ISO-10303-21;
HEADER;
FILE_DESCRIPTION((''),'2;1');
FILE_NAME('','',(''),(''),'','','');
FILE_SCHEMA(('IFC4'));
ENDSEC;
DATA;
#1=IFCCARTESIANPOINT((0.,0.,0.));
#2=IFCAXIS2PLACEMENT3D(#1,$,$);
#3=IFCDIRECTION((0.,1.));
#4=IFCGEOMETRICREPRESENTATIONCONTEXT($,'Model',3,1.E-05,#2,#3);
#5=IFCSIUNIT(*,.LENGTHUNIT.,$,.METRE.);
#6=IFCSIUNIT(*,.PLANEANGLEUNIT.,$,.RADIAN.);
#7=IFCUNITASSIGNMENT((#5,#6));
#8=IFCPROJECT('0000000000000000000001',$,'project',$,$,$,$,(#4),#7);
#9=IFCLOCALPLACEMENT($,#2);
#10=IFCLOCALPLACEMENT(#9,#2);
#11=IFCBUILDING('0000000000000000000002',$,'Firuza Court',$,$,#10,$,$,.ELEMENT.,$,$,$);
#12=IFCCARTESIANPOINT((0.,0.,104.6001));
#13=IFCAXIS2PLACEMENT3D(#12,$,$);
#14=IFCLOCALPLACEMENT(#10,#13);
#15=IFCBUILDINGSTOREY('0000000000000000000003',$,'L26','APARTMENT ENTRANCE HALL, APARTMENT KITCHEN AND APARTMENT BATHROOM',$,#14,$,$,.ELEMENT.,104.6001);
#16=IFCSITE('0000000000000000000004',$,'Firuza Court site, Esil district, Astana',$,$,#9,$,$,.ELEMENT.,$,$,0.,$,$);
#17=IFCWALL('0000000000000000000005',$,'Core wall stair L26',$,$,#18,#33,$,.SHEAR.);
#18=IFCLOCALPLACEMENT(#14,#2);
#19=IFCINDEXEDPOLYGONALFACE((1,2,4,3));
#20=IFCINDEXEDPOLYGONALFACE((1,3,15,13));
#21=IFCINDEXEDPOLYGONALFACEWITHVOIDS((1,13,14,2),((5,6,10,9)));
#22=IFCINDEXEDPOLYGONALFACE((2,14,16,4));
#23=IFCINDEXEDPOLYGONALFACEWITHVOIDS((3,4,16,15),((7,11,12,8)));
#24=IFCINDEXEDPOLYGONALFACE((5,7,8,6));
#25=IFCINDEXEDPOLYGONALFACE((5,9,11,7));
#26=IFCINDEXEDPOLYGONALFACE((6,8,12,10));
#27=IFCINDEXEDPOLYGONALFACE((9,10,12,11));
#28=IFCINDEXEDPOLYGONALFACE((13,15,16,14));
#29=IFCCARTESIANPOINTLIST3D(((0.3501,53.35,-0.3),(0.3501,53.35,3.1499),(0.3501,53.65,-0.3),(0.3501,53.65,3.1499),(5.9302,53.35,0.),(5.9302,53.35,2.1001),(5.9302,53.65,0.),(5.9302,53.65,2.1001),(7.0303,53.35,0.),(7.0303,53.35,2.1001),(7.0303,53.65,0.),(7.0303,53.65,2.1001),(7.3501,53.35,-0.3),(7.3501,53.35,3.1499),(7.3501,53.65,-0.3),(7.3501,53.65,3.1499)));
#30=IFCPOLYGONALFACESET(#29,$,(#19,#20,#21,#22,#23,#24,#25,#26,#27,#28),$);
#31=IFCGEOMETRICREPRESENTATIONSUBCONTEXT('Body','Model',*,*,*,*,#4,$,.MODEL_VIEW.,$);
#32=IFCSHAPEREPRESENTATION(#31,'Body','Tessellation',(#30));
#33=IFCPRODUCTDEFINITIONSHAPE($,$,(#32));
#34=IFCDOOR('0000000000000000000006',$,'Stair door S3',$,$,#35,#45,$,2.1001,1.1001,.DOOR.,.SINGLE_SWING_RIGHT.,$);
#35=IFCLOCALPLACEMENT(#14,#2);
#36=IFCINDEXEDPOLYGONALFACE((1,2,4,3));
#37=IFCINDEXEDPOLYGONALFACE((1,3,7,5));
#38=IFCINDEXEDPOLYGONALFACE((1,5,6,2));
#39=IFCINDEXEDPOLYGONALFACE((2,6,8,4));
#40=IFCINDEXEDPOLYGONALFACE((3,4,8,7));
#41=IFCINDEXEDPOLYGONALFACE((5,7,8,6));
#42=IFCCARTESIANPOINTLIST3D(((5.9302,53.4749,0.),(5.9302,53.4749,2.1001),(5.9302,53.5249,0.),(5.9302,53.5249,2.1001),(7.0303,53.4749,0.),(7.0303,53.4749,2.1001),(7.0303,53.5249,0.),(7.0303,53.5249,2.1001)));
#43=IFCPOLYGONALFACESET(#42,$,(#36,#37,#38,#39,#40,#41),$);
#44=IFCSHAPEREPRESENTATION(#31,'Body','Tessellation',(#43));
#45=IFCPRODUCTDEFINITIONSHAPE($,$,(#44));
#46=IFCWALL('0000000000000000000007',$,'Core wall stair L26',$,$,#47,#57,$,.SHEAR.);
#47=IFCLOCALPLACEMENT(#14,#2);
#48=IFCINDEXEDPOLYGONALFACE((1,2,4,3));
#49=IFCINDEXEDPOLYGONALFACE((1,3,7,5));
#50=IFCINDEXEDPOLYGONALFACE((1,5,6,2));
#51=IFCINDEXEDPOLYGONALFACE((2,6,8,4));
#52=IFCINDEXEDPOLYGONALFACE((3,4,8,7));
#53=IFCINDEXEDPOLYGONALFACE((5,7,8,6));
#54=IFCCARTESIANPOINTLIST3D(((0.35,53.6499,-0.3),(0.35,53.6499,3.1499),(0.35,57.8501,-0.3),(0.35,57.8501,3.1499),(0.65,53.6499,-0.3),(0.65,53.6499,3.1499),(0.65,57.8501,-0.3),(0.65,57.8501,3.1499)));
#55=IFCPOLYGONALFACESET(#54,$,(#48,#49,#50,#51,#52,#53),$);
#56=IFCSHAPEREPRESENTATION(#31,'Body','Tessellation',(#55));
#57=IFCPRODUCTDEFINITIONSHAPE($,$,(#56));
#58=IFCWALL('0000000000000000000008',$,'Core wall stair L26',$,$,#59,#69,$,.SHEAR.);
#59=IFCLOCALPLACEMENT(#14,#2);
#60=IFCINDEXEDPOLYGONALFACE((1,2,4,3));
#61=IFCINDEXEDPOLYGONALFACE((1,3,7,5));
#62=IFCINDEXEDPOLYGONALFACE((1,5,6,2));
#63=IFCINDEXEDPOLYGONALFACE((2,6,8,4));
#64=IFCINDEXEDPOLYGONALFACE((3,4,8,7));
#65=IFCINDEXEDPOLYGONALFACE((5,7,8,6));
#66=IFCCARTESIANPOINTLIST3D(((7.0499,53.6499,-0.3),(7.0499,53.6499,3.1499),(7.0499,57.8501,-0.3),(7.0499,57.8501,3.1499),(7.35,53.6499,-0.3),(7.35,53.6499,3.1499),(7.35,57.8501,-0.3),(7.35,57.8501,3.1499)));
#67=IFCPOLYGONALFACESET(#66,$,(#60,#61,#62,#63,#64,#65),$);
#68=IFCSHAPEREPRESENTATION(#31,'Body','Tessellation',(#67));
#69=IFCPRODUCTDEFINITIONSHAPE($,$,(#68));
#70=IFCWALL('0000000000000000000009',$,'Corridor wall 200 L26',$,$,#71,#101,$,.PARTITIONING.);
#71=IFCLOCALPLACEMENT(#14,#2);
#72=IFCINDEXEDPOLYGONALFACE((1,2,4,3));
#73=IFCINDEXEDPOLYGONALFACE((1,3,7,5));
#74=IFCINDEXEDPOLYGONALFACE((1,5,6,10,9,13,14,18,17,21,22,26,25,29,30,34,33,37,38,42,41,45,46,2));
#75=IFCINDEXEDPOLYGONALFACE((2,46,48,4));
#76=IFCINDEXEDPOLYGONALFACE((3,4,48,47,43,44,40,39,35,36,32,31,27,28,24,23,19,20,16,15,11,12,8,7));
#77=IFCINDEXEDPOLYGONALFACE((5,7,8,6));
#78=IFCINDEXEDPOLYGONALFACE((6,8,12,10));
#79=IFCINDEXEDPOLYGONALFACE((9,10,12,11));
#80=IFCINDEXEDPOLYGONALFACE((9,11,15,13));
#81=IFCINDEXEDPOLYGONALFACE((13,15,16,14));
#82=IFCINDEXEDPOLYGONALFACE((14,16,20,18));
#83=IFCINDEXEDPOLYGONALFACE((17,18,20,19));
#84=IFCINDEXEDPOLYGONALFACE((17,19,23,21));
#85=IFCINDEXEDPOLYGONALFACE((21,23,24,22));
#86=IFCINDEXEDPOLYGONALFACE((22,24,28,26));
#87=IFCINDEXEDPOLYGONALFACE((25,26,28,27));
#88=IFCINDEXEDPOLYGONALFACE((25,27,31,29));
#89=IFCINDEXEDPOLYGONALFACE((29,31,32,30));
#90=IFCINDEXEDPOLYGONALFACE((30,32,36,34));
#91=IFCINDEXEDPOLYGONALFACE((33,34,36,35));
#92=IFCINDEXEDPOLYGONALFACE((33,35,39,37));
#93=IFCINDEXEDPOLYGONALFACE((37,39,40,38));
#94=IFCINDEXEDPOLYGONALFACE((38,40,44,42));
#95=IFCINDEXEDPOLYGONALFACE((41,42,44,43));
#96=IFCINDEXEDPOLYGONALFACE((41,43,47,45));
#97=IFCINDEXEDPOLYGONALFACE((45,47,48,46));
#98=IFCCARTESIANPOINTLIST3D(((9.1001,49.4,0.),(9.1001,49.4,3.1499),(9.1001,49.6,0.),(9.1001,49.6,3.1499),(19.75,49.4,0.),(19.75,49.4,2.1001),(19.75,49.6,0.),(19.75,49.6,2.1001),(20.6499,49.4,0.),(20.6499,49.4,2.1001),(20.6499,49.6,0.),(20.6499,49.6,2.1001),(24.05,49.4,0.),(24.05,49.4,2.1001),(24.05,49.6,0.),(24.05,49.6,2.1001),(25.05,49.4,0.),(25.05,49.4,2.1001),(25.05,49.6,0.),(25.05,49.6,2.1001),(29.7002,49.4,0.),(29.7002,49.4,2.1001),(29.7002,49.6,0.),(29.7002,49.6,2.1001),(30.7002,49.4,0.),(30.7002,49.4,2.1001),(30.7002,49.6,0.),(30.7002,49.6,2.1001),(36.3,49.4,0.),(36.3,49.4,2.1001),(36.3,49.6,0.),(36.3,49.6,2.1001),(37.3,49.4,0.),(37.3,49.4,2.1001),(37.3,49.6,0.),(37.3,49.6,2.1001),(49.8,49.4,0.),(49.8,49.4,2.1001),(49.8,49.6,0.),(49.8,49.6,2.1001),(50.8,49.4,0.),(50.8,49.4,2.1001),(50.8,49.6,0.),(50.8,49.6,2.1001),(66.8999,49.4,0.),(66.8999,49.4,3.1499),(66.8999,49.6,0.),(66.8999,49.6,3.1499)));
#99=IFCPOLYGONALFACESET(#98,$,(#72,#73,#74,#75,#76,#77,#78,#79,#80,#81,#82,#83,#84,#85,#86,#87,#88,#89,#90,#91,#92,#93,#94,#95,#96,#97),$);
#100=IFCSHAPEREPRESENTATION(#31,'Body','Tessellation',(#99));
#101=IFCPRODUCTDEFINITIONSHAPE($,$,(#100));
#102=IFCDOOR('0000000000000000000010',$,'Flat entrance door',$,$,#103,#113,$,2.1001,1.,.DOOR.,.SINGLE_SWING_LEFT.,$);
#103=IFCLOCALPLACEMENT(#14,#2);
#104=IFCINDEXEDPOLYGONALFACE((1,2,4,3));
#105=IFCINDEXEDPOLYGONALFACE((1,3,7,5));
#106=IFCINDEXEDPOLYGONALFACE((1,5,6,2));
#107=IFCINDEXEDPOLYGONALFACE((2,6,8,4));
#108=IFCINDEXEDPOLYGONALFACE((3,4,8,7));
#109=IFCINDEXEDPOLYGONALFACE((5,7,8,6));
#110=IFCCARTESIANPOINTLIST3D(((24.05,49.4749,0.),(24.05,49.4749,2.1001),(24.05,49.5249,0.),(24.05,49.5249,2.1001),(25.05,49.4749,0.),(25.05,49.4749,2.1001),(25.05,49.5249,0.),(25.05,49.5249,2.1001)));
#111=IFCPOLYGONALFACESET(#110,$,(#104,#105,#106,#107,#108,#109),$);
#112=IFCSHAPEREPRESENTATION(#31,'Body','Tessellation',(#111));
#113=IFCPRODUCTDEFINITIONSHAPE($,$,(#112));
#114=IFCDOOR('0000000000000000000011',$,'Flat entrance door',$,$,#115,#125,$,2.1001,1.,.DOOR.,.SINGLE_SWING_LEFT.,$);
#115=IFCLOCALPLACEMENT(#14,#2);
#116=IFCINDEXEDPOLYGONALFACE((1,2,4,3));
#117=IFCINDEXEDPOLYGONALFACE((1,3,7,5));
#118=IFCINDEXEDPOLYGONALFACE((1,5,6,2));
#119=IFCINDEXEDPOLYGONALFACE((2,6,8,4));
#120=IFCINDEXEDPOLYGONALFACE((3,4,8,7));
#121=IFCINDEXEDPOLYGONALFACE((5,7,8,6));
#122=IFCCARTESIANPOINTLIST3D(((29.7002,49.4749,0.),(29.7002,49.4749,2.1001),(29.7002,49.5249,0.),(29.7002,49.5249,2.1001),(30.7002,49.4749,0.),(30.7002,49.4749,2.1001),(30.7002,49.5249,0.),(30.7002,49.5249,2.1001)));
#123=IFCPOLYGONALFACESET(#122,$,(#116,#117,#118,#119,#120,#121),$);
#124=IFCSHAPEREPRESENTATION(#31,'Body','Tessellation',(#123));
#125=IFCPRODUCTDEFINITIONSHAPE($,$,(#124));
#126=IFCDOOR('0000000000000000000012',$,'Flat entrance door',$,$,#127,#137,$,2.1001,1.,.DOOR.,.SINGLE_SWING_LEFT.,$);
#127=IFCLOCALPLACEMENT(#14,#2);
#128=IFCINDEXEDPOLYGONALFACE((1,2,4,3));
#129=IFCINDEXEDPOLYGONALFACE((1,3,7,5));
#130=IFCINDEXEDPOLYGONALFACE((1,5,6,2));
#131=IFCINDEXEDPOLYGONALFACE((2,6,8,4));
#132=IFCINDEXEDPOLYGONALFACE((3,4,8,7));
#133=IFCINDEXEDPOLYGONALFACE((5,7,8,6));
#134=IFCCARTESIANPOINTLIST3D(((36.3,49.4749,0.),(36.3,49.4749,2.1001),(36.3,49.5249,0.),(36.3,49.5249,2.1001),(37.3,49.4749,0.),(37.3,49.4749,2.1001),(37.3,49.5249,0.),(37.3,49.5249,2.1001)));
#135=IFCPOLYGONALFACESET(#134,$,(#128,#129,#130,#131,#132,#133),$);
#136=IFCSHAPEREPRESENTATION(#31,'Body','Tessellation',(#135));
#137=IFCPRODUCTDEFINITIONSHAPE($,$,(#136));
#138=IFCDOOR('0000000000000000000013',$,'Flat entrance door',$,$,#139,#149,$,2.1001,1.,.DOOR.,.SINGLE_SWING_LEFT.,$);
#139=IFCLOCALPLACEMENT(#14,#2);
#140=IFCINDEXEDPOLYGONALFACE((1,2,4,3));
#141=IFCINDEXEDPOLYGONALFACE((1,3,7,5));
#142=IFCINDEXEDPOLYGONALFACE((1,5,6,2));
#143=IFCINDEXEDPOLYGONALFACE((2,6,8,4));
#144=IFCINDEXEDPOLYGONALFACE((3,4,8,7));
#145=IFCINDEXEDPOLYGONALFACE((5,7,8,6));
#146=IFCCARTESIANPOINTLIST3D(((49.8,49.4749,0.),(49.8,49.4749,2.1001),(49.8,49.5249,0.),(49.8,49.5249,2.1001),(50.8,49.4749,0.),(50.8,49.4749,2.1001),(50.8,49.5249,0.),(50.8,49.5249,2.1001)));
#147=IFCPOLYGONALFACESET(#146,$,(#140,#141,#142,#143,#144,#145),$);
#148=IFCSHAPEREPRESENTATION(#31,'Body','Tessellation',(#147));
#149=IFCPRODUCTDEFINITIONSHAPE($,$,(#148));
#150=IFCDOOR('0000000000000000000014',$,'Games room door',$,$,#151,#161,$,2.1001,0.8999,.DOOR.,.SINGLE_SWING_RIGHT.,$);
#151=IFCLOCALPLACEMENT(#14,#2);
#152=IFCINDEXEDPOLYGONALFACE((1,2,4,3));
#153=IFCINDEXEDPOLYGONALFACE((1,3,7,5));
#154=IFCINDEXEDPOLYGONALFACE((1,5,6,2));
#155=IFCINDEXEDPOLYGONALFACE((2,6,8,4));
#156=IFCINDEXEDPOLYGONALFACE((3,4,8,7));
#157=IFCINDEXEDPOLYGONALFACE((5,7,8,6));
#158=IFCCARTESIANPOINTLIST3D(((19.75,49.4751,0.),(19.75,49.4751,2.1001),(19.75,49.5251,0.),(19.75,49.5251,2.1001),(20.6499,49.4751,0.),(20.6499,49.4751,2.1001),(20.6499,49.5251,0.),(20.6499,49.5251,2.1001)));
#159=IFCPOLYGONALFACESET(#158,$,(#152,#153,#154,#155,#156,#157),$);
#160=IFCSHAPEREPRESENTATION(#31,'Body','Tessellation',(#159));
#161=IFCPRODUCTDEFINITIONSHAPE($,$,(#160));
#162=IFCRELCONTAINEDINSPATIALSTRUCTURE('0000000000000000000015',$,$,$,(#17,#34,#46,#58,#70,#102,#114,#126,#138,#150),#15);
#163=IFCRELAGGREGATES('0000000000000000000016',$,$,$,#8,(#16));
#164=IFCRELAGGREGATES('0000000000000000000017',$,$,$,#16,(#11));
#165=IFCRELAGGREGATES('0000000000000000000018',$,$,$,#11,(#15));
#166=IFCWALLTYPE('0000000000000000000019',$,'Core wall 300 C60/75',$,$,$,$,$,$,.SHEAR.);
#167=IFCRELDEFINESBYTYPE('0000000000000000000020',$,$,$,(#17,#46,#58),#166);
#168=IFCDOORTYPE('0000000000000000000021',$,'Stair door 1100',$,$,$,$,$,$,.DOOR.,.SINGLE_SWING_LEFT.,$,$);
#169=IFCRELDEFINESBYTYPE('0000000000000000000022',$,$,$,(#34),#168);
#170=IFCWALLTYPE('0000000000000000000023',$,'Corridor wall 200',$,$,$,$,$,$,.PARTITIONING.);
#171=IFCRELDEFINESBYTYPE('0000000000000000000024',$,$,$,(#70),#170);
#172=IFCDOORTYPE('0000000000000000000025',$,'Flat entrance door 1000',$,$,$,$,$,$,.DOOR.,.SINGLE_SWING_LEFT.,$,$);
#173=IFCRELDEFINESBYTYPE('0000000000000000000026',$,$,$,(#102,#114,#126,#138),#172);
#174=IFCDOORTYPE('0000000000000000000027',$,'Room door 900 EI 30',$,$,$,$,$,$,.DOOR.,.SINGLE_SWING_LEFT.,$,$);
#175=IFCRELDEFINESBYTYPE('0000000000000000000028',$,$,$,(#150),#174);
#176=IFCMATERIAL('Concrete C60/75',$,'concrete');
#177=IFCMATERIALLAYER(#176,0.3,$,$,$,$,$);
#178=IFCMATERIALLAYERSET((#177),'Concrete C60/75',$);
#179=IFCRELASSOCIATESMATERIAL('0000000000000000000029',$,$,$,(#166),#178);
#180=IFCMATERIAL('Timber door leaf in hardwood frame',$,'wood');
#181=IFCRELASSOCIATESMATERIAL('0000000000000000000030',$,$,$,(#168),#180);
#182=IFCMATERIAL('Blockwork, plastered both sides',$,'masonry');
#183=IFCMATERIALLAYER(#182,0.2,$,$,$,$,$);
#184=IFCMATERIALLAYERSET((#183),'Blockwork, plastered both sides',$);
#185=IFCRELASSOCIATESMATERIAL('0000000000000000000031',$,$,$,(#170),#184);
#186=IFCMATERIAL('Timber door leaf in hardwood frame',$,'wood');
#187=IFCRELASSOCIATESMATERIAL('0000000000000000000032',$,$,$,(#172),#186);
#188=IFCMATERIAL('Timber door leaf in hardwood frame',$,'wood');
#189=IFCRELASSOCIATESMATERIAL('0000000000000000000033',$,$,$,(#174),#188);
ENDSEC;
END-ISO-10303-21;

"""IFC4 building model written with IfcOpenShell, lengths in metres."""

from ifc_helpers import new_model, si_unit, direction, frame, frame_2d, origin, place, context, subcontext, project, spatial, rectangle, extrude, material, layer, layer_set, type_object, element, fill, save


model = new_model("IFC4")

# Units and contexts
model_context = context("Model", 3, precision=1e-05, world=origin(), true_north=direction((0.0, 1.0)))
body_context = subcontext(model_context, "Body", "Model", "MODEL_VIEW")
ifc_project = project(units=[si_unit("LENGTHUNIT", "METRE"), si_unit("PLANEANGLEUNIT", "RADIAN")], contexts=[model_context])

# Site, building, storey
site_placement = place(None, origin())
site = spatial("IfcSite", under=ifc_project, at=site_placement, Name="Firuza Court site, Esil district, Astana", CompositionType="ELEMENT", RefElevation=0.0)
building_placement = place(site_placement, origin())
building = spatial("IfcBuilding", under=site, at=building_placement, Name="Firuza Court", CompositionType="ELEMENT")
storey_placement = place(building_placement, frame((0.0, 0.0, 104.6001)))
storey = spatial("IfcBuildingStorey", under=building, at=storey_placement, Name="L26", Description="APARTMENT ENTRANCE HALL, APARTMENT KITCHEN AND APARTMENT BATHROOM", CompositionType="ELEMENT", Elevation=104.6001)

# Wall, opening, door
ifc_material_1 = material(Name="Concrete C60/75", Category="concrete")
ifc_layer_1 = layer(ifc_material_1, 0.3)
ifc_layer_set_1 = layer_set([ifc_layer_1], Name="Concrete C60/75")
wall_type_1 = type_object("IfcWallType", Name="Core wall 300 C60/75", PredefinedType="SHEAR", material=ifc_layer_set_1)
wall_1_placement = place(storey_placement, frame((0.3501, 53.5, -0.3), z_axis=(0.0, 0.0, 1.0), x_axis=(1.0, 0.0, 0.0)))
wall_1 = element("IfcWall", 1, at=wall_1_placement, inside=storey, type_object=wall_type_1, Name="Core wall stair L26", PredefinedType="SHEAR", context=body_context, shape_type="SweptSolid", body=[
    extrude(rectangle(XDim=7.0, YDim=0.3, at=frame_2d((3.5, 0.0))), origin(), (0.0, 0.0, 1.0), 3.45),
])
opening_1_placement = place(wall_1_placement, frame((5.5801, 0.0, 0.3)))
opening_1 = element("IfcOpeningElement", 2, at=opening_1_placement, cuts=wall_1, PredefinedType="OPENING", context=body_context, shape_type="SweptSolid", body=[
    extrude(rectangle(XDim=1.1001, YDim=2.1001, at=frame_2d((0.55, 1.05))), frame((0.0, 0.1621, 0.0), z_axis=(0.0, -1.0, 0.0), x_axis=(1.0, 0.0, 0.0)), (0.0, 0.0, 1.0), 0.324),
])
ifc_material_2 = material(Name="Timber door leaf in hardwood frame", Category="wood")
door_type_1 = type_object("IfcDoorType", Name="Stair door 1100", OperationType="SINGLE_SWING_LEFT", PredefinedType="DOOR", material=ifc_material_2)
door_1_placement = place(opening_1_placement, origin())
door_1 = element("IfcDoor", 3, at=door_1_placement, inside=storey, type_object=door_type_1, Name="Stair door S3", OperationType="SINGLE_SWING_RIGHT", OverallHeight=2.1001, OverallWidth=1.1001, PredefinedType="DOOR", context=body_context, shape_type="SweptSolid", body=[
    extrude(rectangle(XDim=1.1001, YDim=2.1001, at=frame_2d((0.55, 1.05))), frame((0.0, 0.0249, 0.0), z_axis=(0.0, -1.0, 0.0), x_axis=(1.0, 0.0, 0.0)), (0.0, 0.0, 1.0), 0.05),
])
fill(opening_1, door_1)

# Walls
for number, where, z_axis, x_axis, name in (
    (4, (0.5, 53.6499, -0.3), (0.0, 0.0, 1.0), (0.0, 1.0, 0.0), "Core wall stair L26"),
    (5, (7.2, 53.6499, -0.3), (0.0, 0.0, 1.0), (0.0, 1.0, 0.0), "Core wall stair L26"),
):
    element("IfcWall", number, at=place(storey_placement, frame(where, z_axis=z_axis, x_axis=x_axis)), inside=storey, type_object=wall_type_1, Name=name, PredefinedType="SHEAR", context=body_context, shape_type="SweptSolid", body=[
        extrude(rectangle(XDim=4.2002, YDim=0.3, at=frame_2d((2.1001, 0.0))), origin(), (0.0, 0.0, 1.0), 3.45),
    ])

# Wall, openings, doors
ifc_material_3 = material(Name="Blockwork, plastered both sides", Category="masonry")
ifc_layer_2 = layer(ifc_material_3, 0.2)
ifc_layer_set_2 = layer_set([ifc_layer_2], Name="Blockwork, plastered both sides")
wall_type_2 = type_object("IfcWallType", Name="Corridor wall 200", PredefinedType="PARTITIONING", material=ifc_layer_set_2)
wall_2_placement = place(storey_placement, frame((9.1001, 49.5, 0.0), z_axis=(0.0, 0.0, 1.0), x_axis=(1.0, 0.0, 0.0)))
wall_2 = element("IfcWall", 6, at=wall_2_placement, inside=storey, type_object=wall_type_2, Name="Corridor wall 200 L26", PredefinedType="PARTITIONING", context=body_context, shape_type="SweptSolid", body=[
    extrude(rectangle(XDim=57.7998, YDim=0.2, at=frame_2d((28.8999, 0.0))), origin(), (0.0, 0.0, 1.0), 3.1499),
])
opening_2_placement = place(wall_2_placement, frame((14.95, 0.0, 0.0)))
opening_2 = element("IfcOpeningElement", 7, at=opening_2_placement, cuts=wall_2, PredefinedType="OPENING", context=body_context, shape_type="SweptSolid", body=[
    extrude(rectangle(XDim=1.0, YDim=2.1001, at=frame_2d((0.5, 1.05))), frame((0.0, 0.1118, 0.0), z_axis=(0.0, -1.0, 0.0), x_axis=(1.0, 0.0, 0.0)), (0.0, 0.0, 1.0), 0.2239),
])
opening_3_placement = place(wall_2_placement, frame((20.6001, 0.0, 0.0)))
opening_3 = element("IfcOpeningElement", 8, at=opening_3_placement, cuts=wall_2, PredefinedType="OPENING", context=body_context, shape_type="SweptSolid", body=[
    extrude(rectangle(XDim=1.0, YDim=2.1001, at=frame_2d((0.5, 1.05))), frame((0.0, 0.1118, 0.0), z_axis=(0.0, -1.0, 0.0), x_axis=(1.0, 0.0, 0.0)), (0.0, 0.0, 1.0), 0.2239),
])
opening_4_placement = place(wall_2_placement, frame((27.2, 0.0, 0.0)))
opening_4 = element("IfcOpeningElement", 9, at=opening_4_placement, cuts=wall_2, PredefinedType="OPENING", context=body_context, shape_type="SweptSolid", body=[
    extrude(rectangle(XDim=1.0, YDim=2.1001, at=frame_2d((0.5, 1.05))), frame((0.0, 0.1118, 0.0), z_axis=(0.0, -1.0, 0.0), x_axis=(1.0, 0.0, 0.0)), (0.0, 0.0, 1.0), 0.2239),
])
opening_5_placement = place(wall_2_placement, frame((40.7, 0.0, 0.0)))
opening_5 = element("IfcOpeningElement", 10, at=opening_5_placement, cuts=wall_2, PredefinedType="OPENING", context=body_context, shape_type="SweptSolid", body=[
    extrude(rectangle(XDim=1.0, YDim=2.1001, at=frame_2d((0.5, 1.05))), frame((0.0, 0.1118, 0.0), z_axis=(0.0, -1.0, 0.0), x_axis=(1.0, 0.0, 0.0)), (0.0, 0.0, 1.0), 0.2239),
])
opening_6_placement = place(wall_2_placement, frame((10.6499, 0.0, 0.0)))
opening_6 = element("IfcOpeningElement", 11, at=opening_6_placement, cuts=wall_2, PredefinedType="OPENING", context=body_context, shape_type="SweptSolid", body=[
    extrude(rectangle(XDim=0.8999, YDim=2.1001, at=frame_2d((0.45, 1.05))), frame((0.0, 0.1118, 0.0), z_axis=(0.0, -1.0, 0.0), x_axis=(1.0, 0.0, 0.0)), (0.0, 0.0, 1.0), 0.2239),
])
ifc_material_4 = material(Name="Timber door leaf in hardwood frame", Category="wood")
door_type_2 = type_object("IfcDoorType", Name="Flat entrance door 1000", OperationType="SINGLE_SWING_LEFT", PredefinedType="DOOR", material=ifc_material_4)
door_2_placement = place(opening_2_placement, origin())
door_2 = element("IfcDoor", 12, at=door_2_placement, inside=storey, type_object=door_type_2, Name="Flat entrance door", OperationType="SINGLE_SWING_LEFT", OverallHeight=2.1001, OverallWidth=1.0, PredefinedType="DOOR", context=body_context, shape_type="SweptSolid", body=[
    extrude(rectangle(XDim=1.0, YDim=2.1001, at=frame_2d((0.5, 1.05))), frame((0.0, 0.0249, 0.0), z_axis=(0.0, -1.0, 0.0), x_axis=(1.0, 0.0, 0.0)), (0.0, 0.0, 1.0), 0.05),
])
fill(opening_2, door_2)
door_3_placement = place(opening_3_placement, origin())
door_3 = element("IfcDoor", 13, at=door_3_placement, inside=storey, type_object=door_type_2, Name="Flat entrance door", OperationType="SINGLE_SWING_LEFT", OverallHeight=2.1001, OverallWidth=1.0, PredefinedType="DOOR", context=body_context, shape_type="SweptSolid", body=[
    extrude(rectangle(XDim=1.0, YDim=2.1001, at=frame_2d((0.5, 1.05))), frame((0.0, 0.0249, 0.0), z_axis=(0.0, -1.0, 0.0), x_axis=(1.0, 0.0, 0.0)), (0.0, 0.0, 1.0), 0.05),
])
fill(opening_3, door_3)
door_4_placement = place(opening_4_placement, origin())
door_4 = element("IfcDoor", 14, at=door_4_placement, inside=storey, type_object=door_type_2, Name="Flat entrance door", OperationType="SINGLE_SWING_LEFT", OverallHeight=2.1001, OverallWidth=1.0, PredefinedType="DOOR", context=body_context, shape_type="SweptSolid", body=[
    extrude(rectangle(XDim=1.0, YDim=2.1001, at=frame_2d((0.5, 1.05))), frame((0.0, 0.0249, 0.0), z_axis=(0.0, -1.0, 0.0), x_axis=(1.0, 0.0, 0.0)), (0.0, 0.0, 1.0), 0.05),
])
fill(opening_4, door_4)
door_5_placement = place(opening_5_placement, origin())
door_5 = element("IfcDoor", 15, at=door_5_placement, inside=storey, type_object=door_type_2, Name="Flat entrance door", OperationType="SINGLE_SWING_LEFT", OverallHeight=2.1001, OverallWidth=1.0, PredefinedType="DOOR", context=body_context, shape_type="SweptSolid", body=[
    extrude(rectangle(XDim=1.0, YDim=2.1001, at=frame_2d((0.5, 1.05))), frame((0.0, 0.0249, 0.0), z_axis=(0.0, -1.0, 0.0), x_axis=(1.0, 0.0, 0.0)), (0.0, 0.0, 1.0), 0.05),
])
fill(opening_5, door_5)
ifc_material_5 = material(Name="Timber door leaf in hardwood frame", Category="wood")
door_type_3 = type_object("IfcDoorType", Name="Room door 900 EI 30", OperationType="SINGLE_SWING_LEFT", PredefinedType="DOOR", material=ifc_material_5)
door_6_placement = place(opening_6_placement, frame((0.8999, 0.0, 0.0), z_axis=(0.0, 0.0, 1.0), x_axis=(-1.0, 0.0, 0.0)))
door_6 = element("IfcDoor", 16, at=door_6_placement, inside=storey, type_object=door_type_3, Name="Games room door", OperationType="SINGLE_SWING_RIGHT", OverallHeight=2.1001, OverallWidth=0.8999, PredefinedType="DOOR", context=body_context, shape_type="SweptSolid", body=[
    extrude(rectangle(XDim=0.8999, YDim=2.1001, at=frame_2d((0.45, 1.05))), frame((0.0, 0.0249, 0.0), z_axis=(0.0, -1.0, 0.0), x_axis=(1.0, 0.0, 0.0)), (0.0, 0.0, 1.0), 0.05),
])
fill(opening_6, door_6)

save(model, "model.ifc")
